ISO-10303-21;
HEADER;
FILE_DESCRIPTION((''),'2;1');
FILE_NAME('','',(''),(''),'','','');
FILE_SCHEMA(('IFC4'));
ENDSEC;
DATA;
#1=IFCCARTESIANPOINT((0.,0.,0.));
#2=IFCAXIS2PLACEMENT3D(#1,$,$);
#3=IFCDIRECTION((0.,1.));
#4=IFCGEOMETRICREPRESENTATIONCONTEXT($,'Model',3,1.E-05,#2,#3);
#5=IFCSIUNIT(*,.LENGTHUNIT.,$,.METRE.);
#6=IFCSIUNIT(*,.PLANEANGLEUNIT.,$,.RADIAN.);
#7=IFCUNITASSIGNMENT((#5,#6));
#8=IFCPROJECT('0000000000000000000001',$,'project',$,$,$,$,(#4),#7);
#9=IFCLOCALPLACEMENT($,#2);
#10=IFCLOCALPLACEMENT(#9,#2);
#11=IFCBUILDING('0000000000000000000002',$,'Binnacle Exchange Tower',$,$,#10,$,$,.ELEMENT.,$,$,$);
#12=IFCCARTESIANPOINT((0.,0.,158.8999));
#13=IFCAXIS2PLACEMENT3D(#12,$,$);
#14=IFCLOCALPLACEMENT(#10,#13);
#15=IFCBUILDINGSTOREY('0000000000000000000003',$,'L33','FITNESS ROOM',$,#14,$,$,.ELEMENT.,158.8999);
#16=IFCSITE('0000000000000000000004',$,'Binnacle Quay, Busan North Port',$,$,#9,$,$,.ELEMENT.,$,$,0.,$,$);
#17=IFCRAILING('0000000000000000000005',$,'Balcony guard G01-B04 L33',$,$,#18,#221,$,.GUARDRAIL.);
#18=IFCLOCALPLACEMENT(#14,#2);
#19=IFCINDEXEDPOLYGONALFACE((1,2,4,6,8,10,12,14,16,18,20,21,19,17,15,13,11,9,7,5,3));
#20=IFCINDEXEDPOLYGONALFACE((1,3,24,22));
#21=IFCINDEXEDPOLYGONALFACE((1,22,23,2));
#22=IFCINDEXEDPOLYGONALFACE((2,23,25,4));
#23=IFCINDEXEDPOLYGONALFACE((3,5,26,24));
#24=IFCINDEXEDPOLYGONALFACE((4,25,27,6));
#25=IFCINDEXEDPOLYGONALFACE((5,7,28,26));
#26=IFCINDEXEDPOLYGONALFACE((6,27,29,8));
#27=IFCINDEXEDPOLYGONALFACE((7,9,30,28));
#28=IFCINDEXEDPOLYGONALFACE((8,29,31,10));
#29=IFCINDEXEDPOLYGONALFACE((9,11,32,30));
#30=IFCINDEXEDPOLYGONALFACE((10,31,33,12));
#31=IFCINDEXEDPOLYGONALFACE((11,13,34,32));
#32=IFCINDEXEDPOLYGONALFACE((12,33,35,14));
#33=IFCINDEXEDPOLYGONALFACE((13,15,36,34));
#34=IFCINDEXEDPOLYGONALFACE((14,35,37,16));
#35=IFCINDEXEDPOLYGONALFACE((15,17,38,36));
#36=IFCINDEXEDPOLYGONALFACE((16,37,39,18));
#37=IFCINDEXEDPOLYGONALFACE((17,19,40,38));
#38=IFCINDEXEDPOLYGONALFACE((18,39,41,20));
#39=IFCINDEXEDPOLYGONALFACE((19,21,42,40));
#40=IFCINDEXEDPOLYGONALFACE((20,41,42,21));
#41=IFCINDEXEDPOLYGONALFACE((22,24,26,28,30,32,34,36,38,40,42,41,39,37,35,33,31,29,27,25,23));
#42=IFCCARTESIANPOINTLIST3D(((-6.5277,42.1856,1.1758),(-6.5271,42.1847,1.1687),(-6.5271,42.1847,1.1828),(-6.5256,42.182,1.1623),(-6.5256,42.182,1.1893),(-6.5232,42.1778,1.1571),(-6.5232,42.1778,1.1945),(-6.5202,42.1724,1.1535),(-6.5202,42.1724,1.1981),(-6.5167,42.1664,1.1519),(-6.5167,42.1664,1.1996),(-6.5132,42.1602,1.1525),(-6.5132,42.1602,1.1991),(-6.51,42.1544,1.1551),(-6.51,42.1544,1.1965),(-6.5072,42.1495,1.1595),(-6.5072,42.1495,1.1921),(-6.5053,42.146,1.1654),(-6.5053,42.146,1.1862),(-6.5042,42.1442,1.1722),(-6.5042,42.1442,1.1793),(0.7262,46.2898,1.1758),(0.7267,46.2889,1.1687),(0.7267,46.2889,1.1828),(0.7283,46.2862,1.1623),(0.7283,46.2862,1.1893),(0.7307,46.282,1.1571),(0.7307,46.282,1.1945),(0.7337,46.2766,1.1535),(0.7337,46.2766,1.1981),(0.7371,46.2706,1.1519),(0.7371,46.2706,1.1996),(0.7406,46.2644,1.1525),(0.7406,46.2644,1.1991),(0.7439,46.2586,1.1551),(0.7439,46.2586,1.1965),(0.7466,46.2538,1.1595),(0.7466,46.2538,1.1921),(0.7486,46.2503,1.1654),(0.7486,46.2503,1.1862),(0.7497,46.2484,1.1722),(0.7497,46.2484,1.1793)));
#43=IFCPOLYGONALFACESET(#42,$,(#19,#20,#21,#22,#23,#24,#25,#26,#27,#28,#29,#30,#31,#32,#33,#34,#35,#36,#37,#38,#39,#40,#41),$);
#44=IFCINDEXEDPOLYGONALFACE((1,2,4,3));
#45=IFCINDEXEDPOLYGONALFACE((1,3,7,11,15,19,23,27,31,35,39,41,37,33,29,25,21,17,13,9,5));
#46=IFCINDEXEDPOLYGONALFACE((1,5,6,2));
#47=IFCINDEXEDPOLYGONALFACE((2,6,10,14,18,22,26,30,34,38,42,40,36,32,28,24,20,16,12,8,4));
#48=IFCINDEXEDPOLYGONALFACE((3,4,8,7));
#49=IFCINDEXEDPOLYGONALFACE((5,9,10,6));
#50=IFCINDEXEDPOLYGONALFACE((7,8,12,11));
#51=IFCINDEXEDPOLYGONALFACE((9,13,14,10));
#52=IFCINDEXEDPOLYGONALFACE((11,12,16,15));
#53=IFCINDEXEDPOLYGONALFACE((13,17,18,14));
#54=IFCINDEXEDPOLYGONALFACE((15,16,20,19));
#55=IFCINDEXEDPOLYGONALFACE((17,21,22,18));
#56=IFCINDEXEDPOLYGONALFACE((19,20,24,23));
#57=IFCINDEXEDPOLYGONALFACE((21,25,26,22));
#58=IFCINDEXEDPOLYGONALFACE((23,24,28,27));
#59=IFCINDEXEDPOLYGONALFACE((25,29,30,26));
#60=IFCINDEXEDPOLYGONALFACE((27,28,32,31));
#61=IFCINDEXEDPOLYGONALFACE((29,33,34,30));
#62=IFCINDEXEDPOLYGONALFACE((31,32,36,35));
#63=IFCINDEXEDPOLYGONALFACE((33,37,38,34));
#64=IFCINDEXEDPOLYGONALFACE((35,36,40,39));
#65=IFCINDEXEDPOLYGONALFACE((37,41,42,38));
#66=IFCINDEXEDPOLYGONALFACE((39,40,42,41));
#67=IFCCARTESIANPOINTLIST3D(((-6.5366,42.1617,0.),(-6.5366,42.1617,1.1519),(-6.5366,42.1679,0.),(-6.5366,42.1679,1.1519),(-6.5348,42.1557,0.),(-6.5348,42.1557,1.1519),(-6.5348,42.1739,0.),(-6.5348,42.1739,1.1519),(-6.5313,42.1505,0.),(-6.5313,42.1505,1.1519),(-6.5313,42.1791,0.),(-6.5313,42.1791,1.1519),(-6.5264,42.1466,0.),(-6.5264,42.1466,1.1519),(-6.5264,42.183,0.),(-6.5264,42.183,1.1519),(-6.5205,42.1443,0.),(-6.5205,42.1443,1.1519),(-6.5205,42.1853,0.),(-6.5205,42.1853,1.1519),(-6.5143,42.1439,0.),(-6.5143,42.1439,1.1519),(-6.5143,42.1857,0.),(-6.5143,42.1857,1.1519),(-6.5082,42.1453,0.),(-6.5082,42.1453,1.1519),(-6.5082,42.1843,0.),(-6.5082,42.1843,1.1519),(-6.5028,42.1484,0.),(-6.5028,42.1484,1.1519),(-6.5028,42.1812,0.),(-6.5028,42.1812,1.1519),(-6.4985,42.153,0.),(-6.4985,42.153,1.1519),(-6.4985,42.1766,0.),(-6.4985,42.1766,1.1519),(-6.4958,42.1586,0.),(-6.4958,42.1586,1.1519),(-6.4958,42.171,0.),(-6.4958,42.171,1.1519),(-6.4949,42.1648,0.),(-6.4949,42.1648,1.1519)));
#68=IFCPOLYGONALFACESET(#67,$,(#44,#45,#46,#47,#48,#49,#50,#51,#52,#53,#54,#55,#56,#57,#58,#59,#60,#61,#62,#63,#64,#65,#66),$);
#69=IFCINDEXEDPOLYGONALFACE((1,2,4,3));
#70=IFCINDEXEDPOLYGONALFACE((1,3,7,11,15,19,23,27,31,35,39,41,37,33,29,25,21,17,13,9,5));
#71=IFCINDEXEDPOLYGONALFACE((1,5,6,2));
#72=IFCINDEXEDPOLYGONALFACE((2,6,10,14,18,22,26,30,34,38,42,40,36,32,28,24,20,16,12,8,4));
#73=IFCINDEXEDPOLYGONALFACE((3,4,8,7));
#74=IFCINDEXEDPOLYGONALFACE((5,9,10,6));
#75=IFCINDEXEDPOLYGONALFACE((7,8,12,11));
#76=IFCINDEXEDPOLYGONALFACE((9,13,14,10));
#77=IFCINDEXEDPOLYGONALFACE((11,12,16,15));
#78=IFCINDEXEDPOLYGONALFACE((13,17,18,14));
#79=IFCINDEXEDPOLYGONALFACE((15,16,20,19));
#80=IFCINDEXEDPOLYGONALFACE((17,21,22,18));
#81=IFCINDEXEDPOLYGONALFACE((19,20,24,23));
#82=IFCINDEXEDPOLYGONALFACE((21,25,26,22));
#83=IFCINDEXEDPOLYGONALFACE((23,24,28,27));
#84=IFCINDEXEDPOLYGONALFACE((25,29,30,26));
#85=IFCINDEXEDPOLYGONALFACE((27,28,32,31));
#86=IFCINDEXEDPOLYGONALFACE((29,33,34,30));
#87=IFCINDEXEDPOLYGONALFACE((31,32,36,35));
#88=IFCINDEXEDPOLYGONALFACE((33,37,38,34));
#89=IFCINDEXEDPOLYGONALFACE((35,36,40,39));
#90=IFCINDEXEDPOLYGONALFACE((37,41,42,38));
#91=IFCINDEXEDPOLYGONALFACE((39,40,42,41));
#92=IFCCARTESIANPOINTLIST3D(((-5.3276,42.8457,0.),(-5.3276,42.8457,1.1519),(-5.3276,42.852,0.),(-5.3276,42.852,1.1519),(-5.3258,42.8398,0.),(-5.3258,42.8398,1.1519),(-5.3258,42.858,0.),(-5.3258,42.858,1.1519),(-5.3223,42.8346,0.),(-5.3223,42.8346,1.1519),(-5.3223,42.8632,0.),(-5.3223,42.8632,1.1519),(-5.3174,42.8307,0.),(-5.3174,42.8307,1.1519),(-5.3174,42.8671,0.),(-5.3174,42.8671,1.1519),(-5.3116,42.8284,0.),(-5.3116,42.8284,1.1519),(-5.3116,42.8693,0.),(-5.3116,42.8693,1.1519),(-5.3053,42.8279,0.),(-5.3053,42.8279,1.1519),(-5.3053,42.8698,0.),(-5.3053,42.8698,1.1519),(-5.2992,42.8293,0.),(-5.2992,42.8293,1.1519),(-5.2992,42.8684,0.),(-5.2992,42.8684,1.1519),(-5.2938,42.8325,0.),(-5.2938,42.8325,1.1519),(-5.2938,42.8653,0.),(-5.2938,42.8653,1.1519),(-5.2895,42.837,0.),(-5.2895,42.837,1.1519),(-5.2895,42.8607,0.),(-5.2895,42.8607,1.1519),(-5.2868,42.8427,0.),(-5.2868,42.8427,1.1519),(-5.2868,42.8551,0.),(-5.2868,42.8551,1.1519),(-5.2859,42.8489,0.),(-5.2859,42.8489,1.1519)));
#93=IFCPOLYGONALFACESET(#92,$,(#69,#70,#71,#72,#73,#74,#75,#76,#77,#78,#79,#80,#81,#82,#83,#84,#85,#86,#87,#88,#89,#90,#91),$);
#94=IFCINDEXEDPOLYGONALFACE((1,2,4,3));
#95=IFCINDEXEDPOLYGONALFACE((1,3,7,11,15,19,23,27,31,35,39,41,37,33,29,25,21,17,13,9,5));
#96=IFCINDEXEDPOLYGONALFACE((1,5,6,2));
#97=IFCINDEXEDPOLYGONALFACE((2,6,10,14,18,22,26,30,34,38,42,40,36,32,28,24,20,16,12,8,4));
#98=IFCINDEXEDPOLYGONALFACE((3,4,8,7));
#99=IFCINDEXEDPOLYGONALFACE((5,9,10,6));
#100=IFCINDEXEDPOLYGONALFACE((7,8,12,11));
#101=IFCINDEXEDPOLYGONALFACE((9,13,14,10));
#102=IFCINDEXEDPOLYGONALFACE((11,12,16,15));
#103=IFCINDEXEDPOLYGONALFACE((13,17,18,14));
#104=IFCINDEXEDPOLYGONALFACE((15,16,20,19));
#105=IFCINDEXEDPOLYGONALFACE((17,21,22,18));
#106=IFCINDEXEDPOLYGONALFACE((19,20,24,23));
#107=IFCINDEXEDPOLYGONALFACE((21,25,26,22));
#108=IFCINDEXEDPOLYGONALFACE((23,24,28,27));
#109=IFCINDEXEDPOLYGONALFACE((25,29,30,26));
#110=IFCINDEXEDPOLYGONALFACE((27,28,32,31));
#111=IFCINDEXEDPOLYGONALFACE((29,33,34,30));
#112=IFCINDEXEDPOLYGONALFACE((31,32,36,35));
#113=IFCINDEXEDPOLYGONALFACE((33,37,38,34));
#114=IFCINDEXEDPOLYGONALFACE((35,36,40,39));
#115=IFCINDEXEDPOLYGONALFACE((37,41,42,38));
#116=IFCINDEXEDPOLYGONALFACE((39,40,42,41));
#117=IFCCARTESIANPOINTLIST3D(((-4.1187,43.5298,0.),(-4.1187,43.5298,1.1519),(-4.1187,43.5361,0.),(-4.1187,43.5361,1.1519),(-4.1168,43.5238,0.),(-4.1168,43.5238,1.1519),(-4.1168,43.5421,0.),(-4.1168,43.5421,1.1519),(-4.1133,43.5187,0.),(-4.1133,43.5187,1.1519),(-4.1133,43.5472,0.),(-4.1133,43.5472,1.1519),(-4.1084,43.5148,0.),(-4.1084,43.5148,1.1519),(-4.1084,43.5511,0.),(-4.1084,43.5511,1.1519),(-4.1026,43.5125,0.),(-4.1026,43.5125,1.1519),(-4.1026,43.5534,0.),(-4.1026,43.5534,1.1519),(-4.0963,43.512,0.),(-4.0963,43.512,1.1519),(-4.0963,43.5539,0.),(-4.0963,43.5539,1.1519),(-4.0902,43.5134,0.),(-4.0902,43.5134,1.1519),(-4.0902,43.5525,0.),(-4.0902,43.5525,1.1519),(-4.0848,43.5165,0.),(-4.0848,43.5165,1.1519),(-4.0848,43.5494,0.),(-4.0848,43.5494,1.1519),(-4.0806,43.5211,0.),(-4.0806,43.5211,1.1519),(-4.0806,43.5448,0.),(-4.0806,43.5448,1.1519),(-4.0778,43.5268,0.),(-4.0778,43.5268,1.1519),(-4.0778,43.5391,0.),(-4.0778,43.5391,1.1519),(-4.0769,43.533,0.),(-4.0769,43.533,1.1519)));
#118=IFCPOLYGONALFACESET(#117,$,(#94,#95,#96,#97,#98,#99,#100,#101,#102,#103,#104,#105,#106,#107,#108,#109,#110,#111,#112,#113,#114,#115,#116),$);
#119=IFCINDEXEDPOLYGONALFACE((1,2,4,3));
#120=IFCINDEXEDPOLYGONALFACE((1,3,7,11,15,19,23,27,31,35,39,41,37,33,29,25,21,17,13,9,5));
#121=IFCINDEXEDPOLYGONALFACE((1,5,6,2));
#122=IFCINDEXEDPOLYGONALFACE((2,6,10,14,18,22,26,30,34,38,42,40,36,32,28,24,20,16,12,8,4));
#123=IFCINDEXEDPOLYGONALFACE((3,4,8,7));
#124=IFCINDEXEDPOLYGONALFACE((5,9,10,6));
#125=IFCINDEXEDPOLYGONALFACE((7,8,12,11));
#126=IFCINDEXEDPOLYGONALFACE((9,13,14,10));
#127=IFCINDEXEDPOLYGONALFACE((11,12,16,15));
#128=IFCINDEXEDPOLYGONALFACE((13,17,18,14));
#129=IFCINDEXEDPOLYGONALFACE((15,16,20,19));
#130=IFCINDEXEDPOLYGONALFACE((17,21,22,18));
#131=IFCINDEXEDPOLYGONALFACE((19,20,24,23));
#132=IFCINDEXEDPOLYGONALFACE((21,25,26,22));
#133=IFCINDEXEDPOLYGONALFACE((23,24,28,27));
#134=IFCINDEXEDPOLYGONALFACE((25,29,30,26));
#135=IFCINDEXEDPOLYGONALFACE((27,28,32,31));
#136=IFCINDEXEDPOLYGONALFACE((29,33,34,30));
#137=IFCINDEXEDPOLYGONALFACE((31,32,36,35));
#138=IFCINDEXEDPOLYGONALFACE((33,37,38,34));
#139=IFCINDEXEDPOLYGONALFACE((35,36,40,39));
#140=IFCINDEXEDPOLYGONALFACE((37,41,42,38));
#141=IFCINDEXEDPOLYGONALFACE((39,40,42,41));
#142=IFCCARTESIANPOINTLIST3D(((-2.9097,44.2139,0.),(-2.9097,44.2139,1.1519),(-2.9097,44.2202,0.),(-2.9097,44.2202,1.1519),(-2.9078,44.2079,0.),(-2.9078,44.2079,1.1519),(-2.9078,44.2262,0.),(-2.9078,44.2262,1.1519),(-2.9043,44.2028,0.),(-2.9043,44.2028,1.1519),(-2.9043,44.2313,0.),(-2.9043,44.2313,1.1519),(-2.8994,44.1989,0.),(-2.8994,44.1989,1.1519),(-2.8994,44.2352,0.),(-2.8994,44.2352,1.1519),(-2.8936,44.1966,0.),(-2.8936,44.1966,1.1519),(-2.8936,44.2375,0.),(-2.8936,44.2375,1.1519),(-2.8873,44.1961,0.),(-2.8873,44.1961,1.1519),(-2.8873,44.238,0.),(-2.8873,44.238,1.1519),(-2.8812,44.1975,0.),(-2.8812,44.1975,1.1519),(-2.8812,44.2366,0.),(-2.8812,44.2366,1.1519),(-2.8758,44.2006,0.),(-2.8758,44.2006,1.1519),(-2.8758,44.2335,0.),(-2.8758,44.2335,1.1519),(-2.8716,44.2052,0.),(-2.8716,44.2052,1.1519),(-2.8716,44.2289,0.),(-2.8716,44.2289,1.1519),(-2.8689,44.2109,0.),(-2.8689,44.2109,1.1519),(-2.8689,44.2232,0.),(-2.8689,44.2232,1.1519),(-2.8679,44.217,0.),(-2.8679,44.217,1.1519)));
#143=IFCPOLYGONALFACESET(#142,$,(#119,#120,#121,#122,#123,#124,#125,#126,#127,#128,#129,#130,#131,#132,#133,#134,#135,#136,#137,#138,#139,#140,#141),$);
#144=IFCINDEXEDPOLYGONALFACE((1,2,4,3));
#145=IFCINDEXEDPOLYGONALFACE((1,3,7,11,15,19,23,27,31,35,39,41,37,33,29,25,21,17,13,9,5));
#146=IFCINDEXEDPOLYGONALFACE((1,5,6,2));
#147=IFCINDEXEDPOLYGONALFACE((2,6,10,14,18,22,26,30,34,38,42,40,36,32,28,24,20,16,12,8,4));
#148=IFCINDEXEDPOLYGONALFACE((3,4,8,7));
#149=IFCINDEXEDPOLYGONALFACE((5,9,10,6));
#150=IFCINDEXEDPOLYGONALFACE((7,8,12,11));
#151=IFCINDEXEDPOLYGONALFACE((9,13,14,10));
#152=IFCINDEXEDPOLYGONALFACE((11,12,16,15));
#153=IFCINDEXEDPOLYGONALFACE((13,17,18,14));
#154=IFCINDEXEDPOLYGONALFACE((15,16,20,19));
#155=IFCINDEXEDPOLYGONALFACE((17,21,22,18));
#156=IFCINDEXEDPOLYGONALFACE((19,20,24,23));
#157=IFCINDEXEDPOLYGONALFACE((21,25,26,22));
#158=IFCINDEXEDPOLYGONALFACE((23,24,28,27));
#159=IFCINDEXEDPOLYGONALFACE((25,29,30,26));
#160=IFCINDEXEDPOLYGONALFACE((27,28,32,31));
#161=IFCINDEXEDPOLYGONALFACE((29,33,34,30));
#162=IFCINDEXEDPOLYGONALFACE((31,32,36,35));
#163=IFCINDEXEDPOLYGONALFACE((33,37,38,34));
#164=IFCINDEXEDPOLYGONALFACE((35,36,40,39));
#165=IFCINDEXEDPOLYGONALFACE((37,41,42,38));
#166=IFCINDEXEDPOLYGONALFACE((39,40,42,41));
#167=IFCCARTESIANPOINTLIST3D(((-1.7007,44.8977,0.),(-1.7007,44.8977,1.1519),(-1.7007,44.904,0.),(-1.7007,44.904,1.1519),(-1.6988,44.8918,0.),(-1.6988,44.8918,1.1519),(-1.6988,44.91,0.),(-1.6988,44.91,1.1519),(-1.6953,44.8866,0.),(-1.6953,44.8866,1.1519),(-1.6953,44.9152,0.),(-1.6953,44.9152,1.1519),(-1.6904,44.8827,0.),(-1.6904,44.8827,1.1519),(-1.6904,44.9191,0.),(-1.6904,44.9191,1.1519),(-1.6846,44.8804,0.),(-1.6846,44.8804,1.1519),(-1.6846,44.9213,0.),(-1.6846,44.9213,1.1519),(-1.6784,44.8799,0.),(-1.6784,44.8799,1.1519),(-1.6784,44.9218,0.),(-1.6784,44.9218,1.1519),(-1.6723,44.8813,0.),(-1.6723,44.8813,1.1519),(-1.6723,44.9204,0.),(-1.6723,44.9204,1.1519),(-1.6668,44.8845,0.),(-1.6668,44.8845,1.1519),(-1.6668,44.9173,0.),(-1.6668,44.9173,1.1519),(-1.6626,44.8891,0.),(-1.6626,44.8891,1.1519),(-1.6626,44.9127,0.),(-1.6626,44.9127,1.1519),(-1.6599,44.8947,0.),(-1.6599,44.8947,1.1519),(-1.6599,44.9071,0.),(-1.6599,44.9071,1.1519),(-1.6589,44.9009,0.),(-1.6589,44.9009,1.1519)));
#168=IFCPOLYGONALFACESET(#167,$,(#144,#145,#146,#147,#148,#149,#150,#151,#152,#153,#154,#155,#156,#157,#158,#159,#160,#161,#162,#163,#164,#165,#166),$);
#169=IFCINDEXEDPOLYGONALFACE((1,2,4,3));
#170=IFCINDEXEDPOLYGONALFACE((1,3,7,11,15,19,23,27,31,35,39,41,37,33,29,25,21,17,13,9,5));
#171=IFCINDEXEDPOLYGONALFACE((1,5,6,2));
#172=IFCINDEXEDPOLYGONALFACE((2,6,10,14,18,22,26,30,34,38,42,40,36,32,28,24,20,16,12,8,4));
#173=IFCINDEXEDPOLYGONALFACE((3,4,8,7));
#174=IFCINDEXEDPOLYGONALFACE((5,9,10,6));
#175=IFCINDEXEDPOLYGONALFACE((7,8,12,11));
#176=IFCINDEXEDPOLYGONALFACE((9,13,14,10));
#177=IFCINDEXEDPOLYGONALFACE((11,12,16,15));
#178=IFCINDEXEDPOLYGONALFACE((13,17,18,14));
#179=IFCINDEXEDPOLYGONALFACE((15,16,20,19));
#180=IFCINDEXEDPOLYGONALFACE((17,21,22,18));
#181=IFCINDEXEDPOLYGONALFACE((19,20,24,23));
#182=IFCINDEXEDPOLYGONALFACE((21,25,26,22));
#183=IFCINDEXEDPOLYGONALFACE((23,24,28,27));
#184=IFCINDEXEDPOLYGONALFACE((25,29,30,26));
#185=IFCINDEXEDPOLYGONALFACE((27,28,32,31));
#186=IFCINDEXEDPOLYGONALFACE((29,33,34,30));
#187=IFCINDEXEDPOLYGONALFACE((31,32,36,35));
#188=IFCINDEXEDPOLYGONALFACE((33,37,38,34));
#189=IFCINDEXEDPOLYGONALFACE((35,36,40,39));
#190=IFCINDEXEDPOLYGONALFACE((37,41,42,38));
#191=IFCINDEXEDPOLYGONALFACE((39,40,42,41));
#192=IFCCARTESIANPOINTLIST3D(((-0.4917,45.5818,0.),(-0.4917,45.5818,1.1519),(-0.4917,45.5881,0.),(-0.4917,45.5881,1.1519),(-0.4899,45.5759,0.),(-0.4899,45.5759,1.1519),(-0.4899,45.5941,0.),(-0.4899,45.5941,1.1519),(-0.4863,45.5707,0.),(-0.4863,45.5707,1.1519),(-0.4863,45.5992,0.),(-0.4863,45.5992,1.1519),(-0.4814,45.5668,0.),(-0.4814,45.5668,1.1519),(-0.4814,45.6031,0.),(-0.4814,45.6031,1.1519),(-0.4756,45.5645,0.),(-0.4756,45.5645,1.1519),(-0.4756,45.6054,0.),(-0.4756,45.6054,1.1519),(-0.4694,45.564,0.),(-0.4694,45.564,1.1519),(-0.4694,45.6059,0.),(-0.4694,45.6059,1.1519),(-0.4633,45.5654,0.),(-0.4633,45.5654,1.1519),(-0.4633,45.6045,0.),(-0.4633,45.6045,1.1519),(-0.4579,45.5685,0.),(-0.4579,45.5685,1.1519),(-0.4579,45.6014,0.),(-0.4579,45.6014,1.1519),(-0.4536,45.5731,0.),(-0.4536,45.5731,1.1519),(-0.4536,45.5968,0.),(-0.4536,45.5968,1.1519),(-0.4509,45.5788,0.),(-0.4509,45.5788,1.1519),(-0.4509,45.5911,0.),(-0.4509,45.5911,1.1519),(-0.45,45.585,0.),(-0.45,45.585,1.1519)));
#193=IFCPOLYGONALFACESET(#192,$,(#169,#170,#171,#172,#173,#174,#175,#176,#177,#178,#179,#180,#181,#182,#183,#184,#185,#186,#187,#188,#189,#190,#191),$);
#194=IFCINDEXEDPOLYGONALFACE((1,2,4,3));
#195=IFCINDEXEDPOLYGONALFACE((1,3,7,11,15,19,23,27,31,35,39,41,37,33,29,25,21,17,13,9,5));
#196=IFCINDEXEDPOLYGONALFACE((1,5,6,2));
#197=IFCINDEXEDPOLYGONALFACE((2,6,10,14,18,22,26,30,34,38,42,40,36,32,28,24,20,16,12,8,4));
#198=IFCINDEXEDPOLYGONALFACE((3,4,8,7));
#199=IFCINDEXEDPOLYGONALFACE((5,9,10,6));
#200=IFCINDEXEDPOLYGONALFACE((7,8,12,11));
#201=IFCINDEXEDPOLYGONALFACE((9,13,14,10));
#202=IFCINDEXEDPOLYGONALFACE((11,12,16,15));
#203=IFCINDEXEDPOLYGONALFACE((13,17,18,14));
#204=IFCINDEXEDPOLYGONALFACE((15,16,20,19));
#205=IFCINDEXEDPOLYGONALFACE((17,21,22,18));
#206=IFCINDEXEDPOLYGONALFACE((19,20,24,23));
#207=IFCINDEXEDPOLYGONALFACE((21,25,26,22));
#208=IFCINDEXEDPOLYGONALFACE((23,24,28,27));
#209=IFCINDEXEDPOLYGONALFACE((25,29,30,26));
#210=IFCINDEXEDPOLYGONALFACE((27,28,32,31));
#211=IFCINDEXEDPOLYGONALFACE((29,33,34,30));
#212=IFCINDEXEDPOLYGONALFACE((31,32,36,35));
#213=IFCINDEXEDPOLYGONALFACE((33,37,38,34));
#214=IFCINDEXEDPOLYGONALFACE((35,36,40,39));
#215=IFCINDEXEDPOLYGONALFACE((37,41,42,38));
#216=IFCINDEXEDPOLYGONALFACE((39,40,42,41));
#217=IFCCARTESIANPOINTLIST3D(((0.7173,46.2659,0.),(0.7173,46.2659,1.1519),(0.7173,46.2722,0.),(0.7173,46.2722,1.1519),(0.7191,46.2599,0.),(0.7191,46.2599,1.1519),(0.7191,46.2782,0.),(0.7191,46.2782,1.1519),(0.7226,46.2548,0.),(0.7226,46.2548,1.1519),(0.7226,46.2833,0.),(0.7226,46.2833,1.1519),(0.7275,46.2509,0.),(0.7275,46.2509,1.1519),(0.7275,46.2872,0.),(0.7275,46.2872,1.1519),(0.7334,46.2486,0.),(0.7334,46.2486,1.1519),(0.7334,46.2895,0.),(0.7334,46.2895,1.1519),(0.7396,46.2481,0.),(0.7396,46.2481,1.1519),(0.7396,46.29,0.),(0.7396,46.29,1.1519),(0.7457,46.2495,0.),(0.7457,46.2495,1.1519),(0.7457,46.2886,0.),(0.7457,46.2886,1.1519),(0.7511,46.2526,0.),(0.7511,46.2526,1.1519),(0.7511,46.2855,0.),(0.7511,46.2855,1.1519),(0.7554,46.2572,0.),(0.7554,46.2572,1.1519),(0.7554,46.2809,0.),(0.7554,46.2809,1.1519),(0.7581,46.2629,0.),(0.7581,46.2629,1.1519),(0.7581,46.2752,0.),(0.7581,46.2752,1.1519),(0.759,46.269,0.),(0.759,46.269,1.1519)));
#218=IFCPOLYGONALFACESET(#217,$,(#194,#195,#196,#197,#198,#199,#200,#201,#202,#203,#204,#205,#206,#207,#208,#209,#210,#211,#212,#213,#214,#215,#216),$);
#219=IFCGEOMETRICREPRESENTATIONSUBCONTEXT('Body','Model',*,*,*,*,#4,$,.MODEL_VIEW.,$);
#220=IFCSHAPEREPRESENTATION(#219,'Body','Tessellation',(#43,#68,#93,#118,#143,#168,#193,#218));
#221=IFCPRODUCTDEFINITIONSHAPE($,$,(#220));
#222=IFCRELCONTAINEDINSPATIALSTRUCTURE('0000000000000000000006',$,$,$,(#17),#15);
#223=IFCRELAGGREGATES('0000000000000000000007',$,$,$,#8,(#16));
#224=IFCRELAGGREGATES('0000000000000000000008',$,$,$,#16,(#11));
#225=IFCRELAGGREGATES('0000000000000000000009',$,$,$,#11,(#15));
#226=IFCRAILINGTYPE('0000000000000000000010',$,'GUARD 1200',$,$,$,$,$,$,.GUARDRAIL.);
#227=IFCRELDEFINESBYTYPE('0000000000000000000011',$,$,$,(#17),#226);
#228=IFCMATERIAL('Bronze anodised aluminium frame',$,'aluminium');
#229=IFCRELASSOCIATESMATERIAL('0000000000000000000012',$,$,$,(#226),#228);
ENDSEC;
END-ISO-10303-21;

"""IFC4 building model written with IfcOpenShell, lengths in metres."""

from ifc_helpers import new_model, si_unit, direction, frame, origin, origin_2d, place, context, subcontext, project, spatial, circle, extrude, material, type_object, element, save


model = new_model("IFC4")

# Units and contexts
model_context = context("Model", 3, precision=1e-05, world=origin(), true_north=direction((0.0, 1.0)))
body_context = subcontext(model_context, "Body", "Model", "MODEL_VIEW")
ifc_project = project(units=[si_unit("LENGTHUNIT", "METRE"), si_unit("PLANEANGLEUNIT", "RADIAN")], contexts=[model_context])

# Site, building, storey
site_placement = place(None, origin())
site = spatial("IfcSite", under=ifc_project, at=site_placement, Name="Binnacle Quay, Busan North Port", CompositionType="ELEMENT", RefElevation=0.0)
building_placement = place(site_placement, origin())
building = spatial("IfcBuilding", under=site, at=building_placement, Name="Binnacle Exchange Tower", CompositionType="ELEMENT")
storey_placement = place(building_placement, frame((0.0, 0.0, 158.8999)))
storey = spatial("IfcBuildingStorey", under=building, at=storey_placement, Name="L33", Description="FITNESS ROOM", CompositionType="ELEMENT", Elevation=158.8999)

# Shared definitions
ifc_material_1 = material(Name="Bronze anodised aluminium frame", Category="aluminium")

# Railing
railing_type = type_object("IfcRailingType", Name="GUARD 1200", PredefinedType="GUARDRAIL", material=ifc_material_1)
railing_placement = place(storey_placement, frame((-6.5159, 42.1648, 0.0)))
element("IfcRailing", 1, at=railing_placement, inside=storey, type_object=railing_type, Name="Balcony guard G01-B04 L33", PredefinedType="GUARDRAIL", context=body_context, shape_type="SweptSolid", body=[
    extrude(circle(Radius=0.0239, at=origin_2d()), frame((0.0, 0.0, 1.1758), z_axis=(0.870346, 0.49244, 0.0), x_axis=(-0.49244, 0.870346, 0.0)), (0.0, 0.0, 1.0), 8.3345),
    extrude(circle(Radius=0.021, at=origin_2d()), origin(), (0.0, 0.0, 1.0), 1.1519),
    extrude(circle(Radius=0.021, at=origin_2d()), frame((1.209, 0.6841, 0.0)), (0.0, 0.0, 1.0), 1.1519),
    extrude(circle(Radius=0.021, at=origin_2d()), frame((2.418, 1.3682, 0.0)), (0.0, 0.0, 1.0), 1.1519),
    extrude(circle(Radius=0.021, at=origin_2d()), frame((3.627, 2.0522, 0.0)), (0.0, 0.0, 1.0), 1.1519),
    extrude(circle(Radius=0.021, at=origin_2d()), frame((4.8359, 2.7361, 0.0)), (0.0, 0.0, 1.0), 1.1519),
    extrude(circle(Radius=0.021, at=origin_2d()), frame((6.0449, 3.4202, 0.0)), (0.0, 0.0, 1.0), 1.1519),
    extrude(circle(Radius=0.021, at=origin_2d()), frame((7.2539, 4.1042, 0.0)), (0.0, 0.0, 1.0), 1.1519),
])

save(model, "model.ifc")
